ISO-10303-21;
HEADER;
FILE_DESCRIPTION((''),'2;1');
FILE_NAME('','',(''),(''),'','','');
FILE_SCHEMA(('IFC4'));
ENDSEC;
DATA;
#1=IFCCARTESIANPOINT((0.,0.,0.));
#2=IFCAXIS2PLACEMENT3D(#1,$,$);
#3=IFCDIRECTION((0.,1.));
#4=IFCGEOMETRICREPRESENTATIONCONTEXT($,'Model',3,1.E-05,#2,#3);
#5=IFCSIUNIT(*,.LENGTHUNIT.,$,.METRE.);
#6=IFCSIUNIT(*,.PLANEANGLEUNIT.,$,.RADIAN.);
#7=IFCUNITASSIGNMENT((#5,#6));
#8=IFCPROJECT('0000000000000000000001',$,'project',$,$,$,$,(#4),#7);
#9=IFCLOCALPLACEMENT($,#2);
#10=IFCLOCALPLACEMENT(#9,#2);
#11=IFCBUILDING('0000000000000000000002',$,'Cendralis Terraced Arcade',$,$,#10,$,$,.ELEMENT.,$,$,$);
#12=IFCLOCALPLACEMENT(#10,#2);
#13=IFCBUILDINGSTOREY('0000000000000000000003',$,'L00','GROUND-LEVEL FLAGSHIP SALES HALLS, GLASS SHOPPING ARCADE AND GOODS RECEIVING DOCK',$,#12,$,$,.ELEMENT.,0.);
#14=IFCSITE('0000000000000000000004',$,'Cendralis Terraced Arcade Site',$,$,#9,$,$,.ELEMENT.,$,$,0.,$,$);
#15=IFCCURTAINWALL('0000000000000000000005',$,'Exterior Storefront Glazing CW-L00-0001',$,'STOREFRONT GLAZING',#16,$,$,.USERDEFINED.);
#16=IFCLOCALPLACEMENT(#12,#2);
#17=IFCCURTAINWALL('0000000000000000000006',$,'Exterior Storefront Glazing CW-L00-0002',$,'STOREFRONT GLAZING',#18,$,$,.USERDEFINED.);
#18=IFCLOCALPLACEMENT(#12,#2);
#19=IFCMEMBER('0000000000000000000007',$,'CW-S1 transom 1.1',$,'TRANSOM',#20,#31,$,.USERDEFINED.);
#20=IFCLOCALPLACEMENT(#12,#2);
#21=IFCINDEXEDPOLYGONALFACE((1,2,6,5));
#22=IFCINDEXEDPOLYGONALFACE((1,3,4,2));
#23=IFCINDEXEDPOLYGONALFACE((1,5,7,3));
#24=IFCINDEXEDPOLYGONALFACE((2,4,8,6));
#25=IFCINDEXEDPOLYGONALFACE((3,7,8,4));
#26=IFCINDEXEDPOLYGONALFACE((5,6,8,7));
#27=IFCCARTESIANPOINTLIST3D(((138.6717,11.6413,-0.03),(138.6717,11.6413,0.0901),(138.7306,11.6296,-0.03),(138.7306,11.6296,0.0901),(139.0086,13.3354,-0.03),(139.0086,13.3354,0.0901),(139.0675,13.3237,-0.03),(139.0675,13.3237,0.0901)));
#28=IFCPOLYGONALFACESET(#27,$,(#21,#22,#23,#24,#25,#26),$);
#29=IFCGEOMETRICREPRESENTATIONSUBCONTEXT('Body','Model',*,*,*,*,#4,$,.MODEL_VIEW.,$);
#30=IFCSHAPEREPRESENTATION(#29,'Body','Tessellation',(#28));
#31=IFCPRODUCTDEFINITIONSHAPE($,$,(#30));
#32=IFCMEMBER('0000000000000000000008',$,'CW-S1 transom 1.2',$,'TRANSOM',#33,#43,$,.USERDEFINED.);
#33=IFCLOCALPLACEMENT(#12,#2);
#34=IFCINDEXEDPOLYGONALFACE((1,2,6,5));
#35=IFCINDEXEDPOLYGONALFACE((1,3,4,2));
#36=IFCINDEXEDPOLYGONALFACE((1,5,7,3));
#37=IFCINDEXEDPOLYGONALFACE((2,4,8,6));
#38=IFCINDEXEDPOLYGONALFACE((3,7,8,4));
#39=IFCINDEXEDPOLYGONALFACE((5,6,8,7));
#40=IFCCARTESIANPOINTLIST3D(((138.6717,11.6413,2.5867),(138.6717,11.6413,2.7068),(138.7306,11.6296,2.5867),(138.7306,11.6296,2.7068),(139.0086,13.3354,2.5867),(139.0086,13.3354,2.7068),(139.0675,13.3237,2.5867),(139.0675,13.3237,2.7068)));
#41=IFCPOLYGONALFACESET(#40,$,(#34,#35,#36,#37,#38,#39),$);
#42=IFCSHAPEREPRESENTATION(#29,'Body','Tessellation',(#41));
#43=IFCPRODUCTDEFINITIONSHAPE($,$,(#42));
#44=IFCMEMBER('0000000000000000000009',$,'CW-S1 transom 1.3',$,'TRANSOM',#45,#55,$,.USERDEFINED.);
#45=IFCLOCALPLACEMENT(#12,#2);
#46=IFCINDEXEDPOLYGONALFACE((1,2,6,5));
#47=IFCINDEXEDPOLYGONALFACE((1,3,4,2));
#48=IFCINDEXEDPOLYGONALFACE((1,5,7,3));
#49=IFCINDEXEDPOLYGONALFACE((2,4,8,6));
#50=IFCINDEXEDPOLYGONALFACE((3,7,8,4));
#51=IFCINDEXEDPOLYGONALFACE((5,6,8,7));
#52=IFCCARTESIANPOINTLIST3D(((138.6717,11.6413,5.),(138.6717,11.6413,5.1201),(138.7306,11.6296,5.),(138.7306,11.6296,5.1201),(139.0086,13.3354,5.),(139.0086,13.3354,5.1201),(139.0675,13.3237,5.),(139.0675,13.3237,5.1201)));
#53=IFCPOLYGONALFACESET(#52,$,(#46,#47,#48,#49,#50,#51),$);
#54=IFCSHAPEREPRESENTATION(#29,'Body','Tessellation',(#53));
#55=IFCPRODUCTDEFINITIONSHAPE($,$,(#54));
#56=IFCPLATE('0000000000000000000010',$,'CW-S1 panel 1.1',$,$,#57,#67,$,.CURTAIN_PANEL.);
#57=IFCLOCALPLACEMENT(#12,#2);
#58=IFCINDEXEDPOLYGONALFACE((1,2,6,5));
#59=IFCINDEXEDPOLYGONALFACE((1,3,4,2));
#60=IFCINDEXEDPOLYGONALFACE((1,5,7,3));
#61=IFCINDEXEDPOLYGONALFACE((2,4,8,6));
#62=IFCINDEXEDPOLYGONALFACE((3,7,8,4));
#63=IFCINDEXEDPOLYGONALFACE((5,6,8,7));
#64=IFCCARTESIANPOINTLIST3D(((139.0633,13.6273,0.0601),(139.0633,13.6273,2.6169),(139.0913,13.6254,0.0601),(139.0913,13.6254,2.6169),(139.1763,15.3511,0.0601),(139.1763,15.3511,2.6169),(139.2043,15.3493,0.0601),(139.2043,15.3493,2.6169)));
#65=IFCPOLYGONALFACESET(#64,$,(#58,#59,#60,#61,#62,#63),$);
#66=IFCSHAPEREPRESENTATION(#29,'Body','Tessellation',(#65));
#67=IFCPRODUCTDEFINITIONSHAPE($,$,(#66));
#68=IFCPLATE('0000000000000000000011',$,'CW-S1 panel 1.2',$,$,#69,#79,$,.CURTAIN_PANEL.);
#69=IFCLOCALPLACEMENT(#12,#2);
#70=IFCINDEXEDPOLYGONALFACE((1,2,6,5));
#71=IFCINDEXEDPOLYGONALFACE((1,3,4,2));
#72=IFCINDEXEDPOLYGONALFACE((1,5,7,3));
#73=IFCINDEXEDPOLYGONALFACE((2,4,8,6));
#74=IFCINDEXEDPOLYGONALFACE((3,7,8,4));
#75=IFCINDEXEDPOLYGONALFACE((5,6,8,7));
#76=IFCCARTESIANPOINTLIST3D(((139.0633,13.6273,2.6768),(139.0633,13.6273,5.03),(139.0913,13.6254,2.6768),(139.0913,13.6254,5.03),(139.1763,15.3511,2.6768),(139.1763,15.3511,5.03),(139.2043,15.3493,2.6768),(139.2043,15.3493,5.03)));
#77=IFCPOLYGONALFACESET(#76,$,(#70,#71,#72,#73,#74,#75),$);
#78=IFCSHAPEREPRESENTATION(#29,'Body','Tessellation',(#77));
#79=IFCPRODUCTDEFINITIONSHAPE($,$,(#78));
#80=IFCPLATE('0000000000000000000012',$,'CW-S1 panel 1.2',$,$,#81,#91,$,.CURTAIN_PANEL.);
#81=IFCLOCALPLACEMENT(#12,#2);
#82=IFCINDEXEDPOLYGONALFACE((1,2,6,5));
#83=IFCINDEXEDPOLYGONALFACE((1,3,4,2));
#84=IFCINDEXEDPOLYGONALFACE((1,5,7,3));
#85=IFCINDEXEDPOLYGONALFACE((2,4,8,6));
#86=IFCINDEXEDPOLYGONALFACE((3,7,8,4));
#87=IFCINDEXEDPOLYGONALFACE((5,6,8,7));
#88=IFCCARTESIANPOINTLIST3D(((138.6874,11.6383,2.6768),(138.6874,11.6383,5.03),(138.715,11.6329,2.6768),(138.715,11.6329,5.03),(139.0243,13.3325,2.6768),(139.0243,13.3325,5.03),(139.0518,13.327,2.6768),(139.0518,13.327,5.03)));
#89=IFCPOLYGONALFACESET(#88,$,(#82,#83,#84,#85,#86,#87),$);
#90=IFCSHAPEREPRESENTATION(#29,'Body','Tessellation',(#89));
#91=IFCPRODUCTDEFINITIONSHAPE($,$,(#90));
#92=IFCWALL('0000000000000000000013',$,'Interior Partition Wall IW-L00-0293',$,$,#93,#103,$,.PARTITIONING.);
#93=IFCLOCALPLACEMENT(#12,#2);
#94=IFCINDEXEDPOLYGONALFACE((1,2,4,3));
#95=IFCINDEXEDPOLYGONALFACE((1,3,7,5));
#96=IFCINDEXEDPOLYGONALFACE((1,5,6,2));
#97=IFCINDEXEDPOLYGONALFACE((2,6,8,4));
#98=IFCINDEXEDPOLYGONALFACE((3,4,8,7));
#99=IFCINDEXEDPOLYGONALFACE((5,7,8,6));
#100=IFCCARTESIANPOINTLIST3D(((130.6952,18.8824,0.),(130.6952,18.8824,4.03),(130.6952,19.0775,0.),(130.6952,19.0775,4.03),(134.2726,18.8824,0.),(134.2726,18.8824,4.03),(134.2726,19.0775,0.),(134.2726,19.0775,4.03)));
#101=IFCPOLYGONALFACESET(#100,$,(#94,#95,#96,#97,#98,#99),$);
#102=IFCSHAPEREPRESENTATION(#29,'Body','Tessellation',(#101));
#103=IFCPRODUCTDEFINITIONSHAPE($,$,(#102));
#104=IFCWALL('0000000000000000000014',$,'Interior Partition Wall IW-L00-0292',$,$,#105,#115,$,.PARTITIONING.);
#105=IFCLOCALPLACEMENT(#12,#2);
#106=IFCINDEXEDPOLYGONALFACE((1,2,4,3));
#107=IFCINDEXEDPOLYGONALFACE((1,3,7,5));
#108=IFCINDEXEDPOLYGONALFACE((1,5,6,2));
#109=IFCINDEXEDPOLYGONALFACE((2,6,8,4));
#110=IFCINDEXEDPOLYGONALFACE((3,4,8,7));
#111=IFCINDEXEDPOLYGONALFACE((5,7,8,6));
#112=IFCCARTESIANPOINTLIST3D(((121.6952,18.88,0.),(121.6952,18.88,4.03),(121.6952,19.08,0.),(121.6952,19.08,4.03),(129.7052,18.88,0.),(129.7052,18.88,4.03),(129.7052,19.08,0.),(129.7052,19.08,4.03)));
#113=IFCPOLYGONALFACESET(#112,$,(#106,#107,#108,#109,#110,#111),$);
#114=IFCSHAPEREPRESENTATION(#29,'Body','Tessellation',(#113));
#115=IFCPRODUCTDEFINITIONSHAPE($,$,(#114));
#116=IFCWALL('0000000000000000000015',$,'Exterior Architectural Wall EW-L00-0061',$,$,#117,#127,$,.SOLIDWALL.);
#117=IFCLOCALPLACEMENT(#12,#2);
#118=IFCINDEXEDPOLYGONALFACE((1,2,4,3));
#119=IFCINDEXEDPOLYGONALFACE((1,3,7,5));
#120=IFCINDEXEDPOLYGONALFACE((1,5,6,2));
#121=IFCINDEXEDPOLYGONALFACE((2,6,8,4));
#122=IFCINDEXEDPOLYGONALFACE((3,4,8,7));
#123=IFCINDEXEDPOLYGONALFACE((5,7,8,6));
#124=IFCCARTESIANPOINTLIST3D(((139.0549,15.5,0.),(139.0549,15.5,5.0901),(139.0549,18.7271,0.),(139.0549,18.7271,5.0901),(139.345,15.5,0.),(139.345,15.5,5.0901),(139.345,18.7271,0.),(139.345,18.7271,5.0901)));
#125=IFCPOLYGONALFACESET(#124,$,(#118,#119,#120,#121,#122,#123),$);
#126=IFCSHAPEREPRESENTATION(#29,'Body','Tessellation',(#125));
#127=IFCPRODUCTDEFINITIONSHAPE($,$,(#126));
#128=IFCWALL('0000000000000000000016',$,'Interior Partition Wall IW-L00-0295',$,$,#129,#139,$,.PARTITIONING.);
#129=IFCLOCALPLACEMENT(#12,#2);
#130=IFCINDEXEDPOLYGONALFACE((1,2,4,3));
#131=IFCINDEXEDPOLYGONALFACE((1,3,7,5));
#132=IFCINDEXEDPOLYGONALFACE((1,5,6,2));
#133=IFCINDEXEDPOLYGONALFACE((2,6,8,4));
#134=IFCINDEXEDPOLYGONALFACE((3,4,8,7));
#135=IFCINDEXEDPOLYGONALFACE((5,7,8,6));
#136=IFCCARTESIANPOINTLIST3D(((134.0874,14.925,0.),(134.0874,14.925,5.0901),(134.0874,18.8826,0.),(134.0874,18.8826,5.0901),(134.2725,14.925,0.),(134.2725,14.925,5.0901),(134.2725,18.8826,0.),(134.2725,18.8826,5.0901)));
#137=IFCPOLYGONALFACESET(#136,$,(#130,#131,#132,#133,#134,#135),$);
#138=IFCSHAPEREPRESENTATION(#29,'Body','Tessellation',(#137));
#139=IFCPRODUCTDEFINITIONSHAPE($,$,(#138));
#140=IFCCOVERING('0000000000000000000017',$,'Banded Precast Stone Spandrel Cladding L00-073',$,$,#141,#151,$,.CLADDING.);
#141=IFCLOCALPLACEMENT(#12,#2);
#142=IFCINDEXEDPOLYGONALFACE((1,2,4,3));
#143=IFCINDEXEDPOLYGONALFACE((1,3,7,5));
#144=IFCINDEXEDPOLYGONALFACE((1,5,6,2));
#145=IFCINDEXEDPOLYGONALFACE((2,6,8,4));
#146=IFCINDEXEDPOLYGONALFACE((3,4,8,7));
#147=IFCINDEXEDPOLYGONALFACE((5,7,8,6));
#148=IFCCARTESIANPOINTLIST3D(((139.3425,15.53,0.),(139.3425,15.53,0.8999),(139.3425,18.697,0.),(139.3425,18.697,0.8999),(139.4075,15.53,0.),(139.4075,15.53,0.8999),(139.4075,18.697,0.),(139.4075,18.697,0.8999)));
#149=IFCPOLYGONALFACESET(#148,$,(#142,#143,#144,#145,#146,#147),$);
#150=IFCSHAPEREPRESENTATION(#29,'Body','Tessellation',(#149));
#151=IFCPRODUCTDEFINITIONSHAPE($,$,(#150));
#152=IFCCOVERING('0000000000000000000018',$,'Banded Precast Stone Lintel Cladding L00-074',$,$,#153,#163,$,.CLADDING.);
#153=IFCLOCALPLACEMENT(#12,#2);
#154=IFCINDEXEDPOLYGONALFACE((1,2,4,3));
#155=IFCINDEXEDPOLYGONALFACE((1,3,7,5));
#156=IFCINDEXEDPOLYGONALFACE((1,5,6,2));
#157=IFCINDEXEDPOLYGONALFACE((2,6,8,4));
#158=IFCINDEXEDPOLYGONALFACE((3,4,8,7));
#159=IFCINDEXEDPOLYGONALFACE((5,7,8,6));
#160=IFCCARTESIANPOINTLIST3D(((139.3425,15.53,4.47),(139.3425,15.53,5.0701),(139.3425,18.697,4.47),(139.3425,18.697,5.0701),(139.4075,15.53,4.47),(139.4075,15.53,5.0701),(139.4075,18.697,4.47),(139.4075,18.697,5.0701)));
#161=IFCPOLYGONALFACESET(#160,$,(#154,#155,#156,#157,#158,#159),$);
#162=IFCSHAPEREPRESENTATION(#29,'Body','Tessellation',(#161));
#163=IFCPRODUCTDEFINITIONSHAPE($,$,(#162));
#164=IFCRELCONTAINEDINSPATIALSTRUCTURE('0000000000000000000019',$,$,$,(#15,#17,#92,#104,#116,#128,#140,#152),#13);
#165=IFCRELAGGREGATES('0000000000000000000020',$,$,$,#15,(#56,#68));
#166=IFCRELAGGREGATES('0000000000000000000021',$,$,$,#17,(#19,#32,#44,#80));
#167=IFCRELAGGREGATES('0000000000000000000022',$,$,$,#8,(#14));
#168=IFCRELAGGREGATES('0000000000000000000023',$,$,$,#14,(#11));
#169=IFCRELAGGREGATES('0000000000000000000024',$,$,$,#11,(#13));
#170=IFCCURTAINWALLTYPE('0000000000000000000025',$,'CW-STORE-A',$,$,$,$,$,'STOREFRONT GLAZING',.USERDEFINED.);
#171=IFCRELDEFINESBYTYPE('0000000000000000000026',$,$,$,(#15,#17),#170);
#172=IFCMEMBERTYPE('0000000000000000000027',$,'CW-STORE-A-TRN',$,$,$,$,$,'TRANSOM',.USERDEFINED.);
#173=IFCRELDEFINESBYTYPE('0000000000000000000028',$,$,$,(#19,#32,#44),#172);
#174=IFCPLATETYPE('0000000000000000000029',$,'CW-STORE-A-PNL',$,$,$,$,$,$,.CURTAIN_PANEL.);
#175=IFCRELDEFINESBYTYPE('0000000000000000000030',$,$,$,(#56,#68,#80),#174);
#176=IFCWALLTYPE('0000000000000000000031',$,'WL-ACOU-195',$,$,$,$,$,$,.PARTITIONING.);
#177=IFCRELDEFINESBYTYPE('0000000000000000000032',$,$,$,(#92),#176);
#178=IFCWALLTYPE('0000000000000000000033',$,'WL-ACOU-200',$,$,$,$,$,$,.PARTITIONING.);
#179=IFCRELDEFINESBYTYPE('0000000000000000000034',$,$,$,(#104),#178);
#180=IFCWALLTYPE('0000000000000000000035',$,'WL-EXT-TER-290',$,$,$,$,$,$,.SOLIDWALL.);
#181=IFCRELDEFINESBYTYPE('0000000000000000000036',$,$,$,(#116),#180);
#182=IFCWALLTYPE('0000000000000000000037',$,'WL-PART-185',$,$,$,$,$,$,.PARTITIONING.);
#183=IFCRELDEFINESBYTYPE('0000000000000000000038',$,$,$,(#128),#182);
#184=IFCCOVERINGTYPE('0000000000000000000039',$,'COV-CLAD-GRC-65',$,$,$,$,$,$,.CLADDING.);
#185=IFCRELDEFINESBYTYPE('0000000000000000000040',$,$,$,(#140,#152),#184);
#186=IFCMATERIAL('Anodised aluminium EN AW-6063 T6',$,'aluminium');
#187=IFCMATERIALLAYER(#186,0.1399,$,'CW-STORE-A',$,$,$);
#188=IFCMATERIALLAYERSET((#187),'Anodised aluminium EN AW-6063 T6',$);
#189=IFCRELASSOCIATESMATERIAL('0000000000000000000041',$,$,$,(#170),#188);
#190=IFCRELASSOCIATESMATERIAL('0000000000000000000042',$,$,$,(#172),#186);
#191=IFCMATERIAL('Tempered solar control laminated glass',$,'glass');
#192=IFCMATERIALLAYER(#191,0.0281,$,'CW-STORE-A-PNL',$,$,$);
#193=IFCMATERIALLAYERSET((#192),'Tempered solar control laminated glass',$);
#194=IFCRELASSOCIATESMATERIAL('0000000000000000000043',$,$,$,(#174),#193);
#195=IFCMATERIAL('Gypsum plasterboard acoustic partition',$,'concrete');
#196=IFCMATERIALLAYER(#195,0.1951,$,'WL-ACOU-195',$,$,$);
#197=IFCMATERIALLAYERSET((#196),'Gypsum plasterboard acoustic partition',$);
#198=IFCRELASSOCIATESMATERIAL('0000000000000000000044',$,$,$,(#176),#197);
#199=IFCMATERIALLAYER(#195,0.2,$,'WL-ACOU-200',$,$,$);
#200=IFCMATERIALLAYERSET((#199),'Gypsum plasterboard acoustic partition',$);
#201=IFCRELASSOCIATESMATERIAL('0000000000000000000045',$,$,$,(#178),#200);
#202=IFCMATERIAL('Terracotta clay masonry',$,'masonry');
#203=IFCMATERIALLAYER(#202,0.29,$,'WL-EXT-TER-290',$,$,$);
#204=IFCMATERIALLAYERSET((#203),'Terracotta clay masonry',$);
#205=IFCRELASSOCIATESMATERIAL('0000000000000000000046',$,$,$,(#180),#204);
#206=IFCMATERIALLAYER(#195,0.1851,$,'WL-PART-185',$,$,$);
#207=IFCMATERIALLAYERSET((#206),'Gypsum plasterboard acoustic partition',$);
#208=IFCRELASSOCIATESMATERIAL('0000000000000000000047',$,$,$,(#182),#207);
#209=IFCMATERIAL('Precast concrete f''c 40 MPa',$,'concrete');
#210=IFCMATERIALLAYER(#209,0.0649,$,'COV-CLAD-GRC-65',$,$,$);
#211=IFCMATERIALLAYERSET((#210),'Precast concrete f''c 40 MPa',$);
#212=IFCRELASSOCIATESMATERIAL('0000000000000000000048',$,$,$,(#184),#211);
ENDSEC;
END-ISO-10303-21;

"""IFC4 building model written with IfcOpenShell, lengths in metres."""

from ifc_helpers import new_model, si_unit, direction, frame, frame_2d, origin, origin_2d, place, context, subcontext, project, spatial, rectangle, extrude, material, layer, layer_set, material_profile, profile_set, type_object, element, aggregate, save


model = new_model("IFC4")

# Units and contexts
model_context = context("Model", 3, precision=1e-05, world=origin(), true_north=direction((0.0, 1.0)))
body_context = subcontext(model_context, "Body", "Model", "MODEL_VIEW")
ifc_project = project(units=[si_unit("LENGTHUNIT", "METRE"), si_unit("PLANEANGLEUNIT", "RADIAN")], contexts=[model_context])

# Site, building, storey
site_placement = place(None, origin())
site = spatial("IfcSite", under=ifc_project, at=site_placement, Name="Cendralis Terraced Arcade Site", CompositionType="ELEMENT", RefElevation=0.0)
building_placement = place(site_placement, origin())
building = spatial("IfcBuilding", under=site, at=building_placement, Name="Cendralis Terraced Arcade", CompositionType="ELEMENT")
storey_placement = place(building_placement, origin())
storey = spatial("IfcBuildingStorey", under=building, at=storey_placement, Name="L00", Description="GROUND-LEVEL FLAGSHIP SALES HALLS, GLASS SHOPPING ARCADE AND GOODS RECEIVING DOCK", CompositionType="ELEMENT", Elevation=0.0)

# Curtain wall
ifc_material_1 = material(Name="Anodised aluminium EN AW-6063 T6", Category="aluminium")
ifc_layer_1 = layer(ifc_material_1, 0.1399, Name="CW-STORE-A")
ifc_layer_set_1 = layer_set([ifc_layer_1], Name="Anodised aluminium EN AW-6063 T6")
curtain_wall_type = type_object("IfcCurtainWallType", Name="CW-STORE-A", ElementType="STOREFRONT GLAZING", PredefinedType="USERDEFINED", material=ifc_layer_set_1)
curtain_wall_1_placement = place(storey_placement, origin())
curtain_wall_1 = element("IfcCurtainWall", 1, at=curtain_wall_1_placement, inside=storey, type_object=curtain_wall_type, Name="Exterior Storefront Glazing CW-L00-0001", ObjectType="STOREFRONT GLAZING", PredefinedType="USERDEFINED")

# Curtain wall
curtain_wall_2_placement = place(storey_placement, origin())
curtain_wall_2 = element("IfcCurtainWall", 2, at=curtain_wall_2_placement, inside=storey, type_object=curtain_wall_type, Name="Exterior Storefront Glazing CW-L00-0002", ObjectType="STOREFRONT GLAZING", PredefinedType="USERDEFINED")

# Members
ifc_material_profile_1 = material_profile(ifc_material_1, rectangle(XDim=0.0601, YDim=0.1201, at=origin_2d()), Name="ALU-TRN-60x120")
ifc_profile_set_1 = profile_set([ifc_material_profile_1], Name="Anodised aluminium EN AW-6063 T6")
member_type_1 = type_object("IfcMemberType", Name="CW-STORE-A-TRN", ElementType="TRANSOM", PredefinedType="USERDEFINED", material=ifc_profile_set_1)
member_1_placement = place(storey_placement, frame((139.0381, 13.3296, 0.03), z_axis=(-0.195056, -0.980792, 0.0), x_axis=(0.980792, -0.195056, 0.0)))
member_1 = element("IfcMember", 3, at=member_1_placement, type_object=member_type_1, Name="CW-S1 transom 1.1", ObjectType="TRANSOM", PredefinedType="USERDEFINED", context=body_context, shape_type="SweptSolid", body=[
    extrude(rectangle(XDim=0.0601, YDim=0.1201, at=origin_2d()), origin(), (0.0, 0.0, 1.0), 1.7273),
])
member_2_placement = place(storey_placement, frame((139.0381, 13.3296, 2.6467), z_axis=(-0.195056, -0.980792, 0.0), x_axis=(0.980792, -0.195056, 0.0)))
member_2 = element("IfcMember", 4, at=member_2_placement, type_object=member_type_1, Name="CW-S1 transom 1.2", ObjectType="TRANSOM", PredefinedType="USERDEFINED", context=body_context, shape_type="SweptSolid", body=[
    extrude(rectangle(XDim=0.0601, YDim=0.1201, at=origin_2d()), origin(), (0.0, 0.0, 1.0), 1.7273),
])
member_3_placement = place(storey_placement, frame((139.0381, 13.3296, 5.0601), z_axis=(-0.195056, -0.980792, 0.0), x_axis=(0.980792, -0.195056, 0.0)))
member_3 = element("IfcMember", 5, at=member_3_placement, type_object=member_type_1, Name="CW-S1 transom 1.3", ObjectType="TRANSOM", PredefinedType="USERDEFINED", context=body_context, shape_type="SweptSolid", body=[
    extrude(rectangle(XDim=0.0601, YDim=0.1201, at=origin_2d()), origin(), (0.0, 0.0, 1.0), 1.7273),
])

# Plates
ifc_material_2 = material(Name="Tempered solar control laminated glass", Category="glass")
ifc_layer_2 = layer(ifc_material_2, 0.0281, Name="CW-STORE-A-PNL")
ifc_layer_set_2 = layer_set([ifc_layer_2], Name="Tempered solar control laminated glass")
plate_type = type_object("IfcPlateType", Name="CW-STORE-A-PNL", PredefinedType="CURTAIN_PANEL", material=ifc_layer_set_2)
plate_1_placement = place(storey_placement, frame((139.1338, 14.4883, 0.0601), z_axis=(0.0, 0.0, 1.0), x_axis=(-0.065384, -0.99786, 0.0)))
plate_1 = element("IfcPlate", 6, at=plate_1_placement, type_object=plate_type, Name="CW-S1 panel 1.1", PredefinedType="CURTAIN_PANEL", context=body_context, shape_type="SweptSolid", body=[
    extrude(rectangle(XDim=1.7275, YDim=0.0281, at=origin_2d()), origin(), (0.0, 0.0, 1.0), 2.5569),
])
plate_2_placement = place(storey_placement, frame((139.1338, 14.4883, 2.6768), z_axis=(0.0, 0.0, 1.0), x_axis=(-0.065384, -0.99786, 0.0)))
plate_2 = element("IfcPlate", 7, at=plate_2_placement, type_object=plate_type, Name="CW-S1 panel 1.2", PredefinedType="CURTAIN_PANEL", context=body_context, shape_type="SweptSolid", body=[
    extrude(rectangle(XDim=1.7275, YDim=0.0281, at=origin_2d()), origin(), (0.0, 0.0, 1.0), 2.3533),
])
aggregate(curtain_wall_1, [plate_1, plate_2])
plate_3_placement = place(storey_placement, frame((138.8696, 12.4827, 2.6768), z_axis=(0.0, 0.0, 1.0), x_axis=(-0.195033, -0.980797, 0.0)))
plate_3 = element("IfcPlate", 8, at=plate_3_placement, type_object=plate_type, Name="CW-S1 panel 1.2", PredefinedType="CURTAIN_PANEL", context=body_context, shape_type="SweptSolid", body=[
    extrude(rectangle(XDim=1.7273, YDim=0.0281, at=origin_2d()), origin(), (0.0, 0.0, 1.0), 2.3533),
])
aggregate(curtain_wall_2, [member_1, member_2, member_3, plate_3])

# Walls
ifc_material_3 = material(Name="Gypsum plasterboard acoustic partition", Category="concrete")
ifc_layer_3 = layer(ifc_material_3, 0.1951, Name="WL-ACOU-195")
ifc_layer_set_3 = layer_set([ifc_layer_3], Name="Gypsum plasterboard acoustic partition")
wall_type_1 = type_object("IfcWallType", Name="WL-ACOU-195", PredefinedType="PARTITIONING", material=ifc_layer_set_3)
wall_1_placement = place(storey_placement, frame((134.2725, 18.98, 0.0), z_axis=(0.0, 0.0, 1.0), x_axis=(-1.0, 0.0, 0.0)))
element("IfcWall", 9, at=wall_1_placement, inside=storey, type_object=wall_type_1, Name="Interior Partition Wall IW-L00-0293", PredefinedType="PARTITIONING", context=body_context, shape_type="SweptSolid", body=[
    extrude(rectangle(XDim=3.5774, YDim=0.1951, at=frame_2d((1.7886, 0.0))), origin(), (0.0, 0.0, 1.0), 4.03),
])
ifc_layer_4 = layer(ifc_material_3, 0.2, Name="WL-ACOU-200")
ifc_layer_set_4 = layer_set([ifc_layer_4], Name="Gypsum plasterboard acoustic partition")
wall_type_2 = type_object("IfcWallType", Name="WL-ACOU-200", PredefinedType="PARTITIONING", material=ifc_layer_set_4)
wall_2_placement = place(storey_placement, frame((129.7051, 18.98, 0.0), z_axis=(0.0, 0.0, 1.0), x_axis=(-1.0, 0.0, 0.0)))
element("IfcWall", 10, at=wall_2_placement, inside=storey, type_object=wall_type_2, Name="Interior Partition Wall IW-L00-0292", PredefinedType="PARTITIONING", context=body_context, shape_type="SweptSolid", body=[
    extrude(rectangle(XDim=8.01, YDim=0.2, at=frame_2d((4.0049, 0.0))), origin(), (0.0, 0.0, 1.0), 4.03),
])
ifc_material_4 = material(Name="Terracotta clay masonry", Category="masonry")
ifc_layer_5 = layer(ifc_material_4, 0.29, Name="WL-EXT-TER-290")
ifc_layer_set_5 = layer_set([ifc_layer_5], Name="Terracotta clay masonry")
wall_type_3 = type_object("IfcWallType", Name="WL-EXT-TER-290", PredefinedType="SOLIDWALL", material=ifc_layer_set_5)
wall_3_placement = place(storey_placement, frame((139.2, 18.7271, 0.0), z_axis=(0.0, 0.0, 1.0), x_axis=(0.0, -1.0, 0.0)))
element("IfcWall", 11, at=wall_3_placement, inside=storey, type_object=wall_type_3, Name="Exterior Architectural Wall EW-L00-0061", PredefinedType="SOLIDWALL", context=body_context, shape_type="SweptSolid", body=[
    extrude(rectangle(XDim=3.2271, YDim=0.29, at=frame_2d((1.6135, 0.0))), origin(), (0.0, 0.0, 1.0), 5.0901),
])
ifc_layer_6 = layer(ifc_material_3, 0.1851, Name="WL-PART-185")
ifc_layer_set_6 = layer_set([ifc_layer_6], Name="Gypsum plasterboard acoustic partition")
wall_type_4 = type_object("IfcWallType", Name="WL-PART-185", PredefinedType="PARTITIONING", material=ifc_layer_set_6)
wall_4_placement = place(storey_placement, frame((134.1799, 14.925, 0.0), z_axis=(0.0, 0.0, 1.0), x_axis=(0.0, 1.0, 0.0)))
element("IfcWall", 12, at=wall_4_placement, inside=storey, type_object=wall_type_4, Name="Interior Partition Wall IW-L00-0295", PredefinedType="PARTITIONING", context=body_context, shape_type="SweptSolid", body=[
    extrude(rectangle(XDim=3.9575, YDim=0.1851, at=frame_2d((1.9788, 0.0))), origin(), (0.0, 0.0, 1.0), 5.0901),
])

# Coverings
ifc_material_5 = material(Name="Precast concrete f'c 40 MPa", Category="concrete")
ifc_layer_7 = layer(ifc_material_5, 0.0649, Name="COV-CLAD-GRC-65")
ifc_layer_set_7 = layer_set([ifc_layer_7], Name="Precast concrete f'c 40 MPa")
covering_type = type_object("IfcCoveringType", Name="COV-CLAD-GRC-65", PredefinedType="CLADDING", material=ifc_layer_set_7)
covering_1_placement = place(storey_placement, frame((139.375, 17.1135, 0.0), z_axis=(0.0, 0.0, 1.0), x_axis=(0.0, -1.0, 0.0)))
element("IfcCovering", 13, at=covering_1_placement, inside=storey, type_object=covering_type, Name="Banded Precast Stone Spandrel Cladding L00-073", PredefinedType="CLADDING", context=body_context, shape_type="SweptSolid", body=[
    extrude(rectangle(XDim=3.167, YDim=0.0649, at=origin_2d()), origin(), (0.0, 0.0, 1.0), 0.8999),
])
covering_2_placement = place(storey_placement, frame((139.375, 17.1135, 4.47), z_axis=(0.0, 0.0, 1.0), x_axis=(0.0, -1.0, 0.0)))
element("IfcCovering", 14, at=covering_2_placement, inside=storey, type_object=covering_type, Name="Banded Precast Stone Lintel Cladding L00-074", PredefinedType="CLADDING", context=body_context, shape_type="SweptSolid", body=[
    extrude(rectangle(XDim=3.167, YDim=0.0649, at=origin_2d()), origin(), (0.0, 0.0, 1.0), 0.6001),
])

save(model, "model.ifc")
